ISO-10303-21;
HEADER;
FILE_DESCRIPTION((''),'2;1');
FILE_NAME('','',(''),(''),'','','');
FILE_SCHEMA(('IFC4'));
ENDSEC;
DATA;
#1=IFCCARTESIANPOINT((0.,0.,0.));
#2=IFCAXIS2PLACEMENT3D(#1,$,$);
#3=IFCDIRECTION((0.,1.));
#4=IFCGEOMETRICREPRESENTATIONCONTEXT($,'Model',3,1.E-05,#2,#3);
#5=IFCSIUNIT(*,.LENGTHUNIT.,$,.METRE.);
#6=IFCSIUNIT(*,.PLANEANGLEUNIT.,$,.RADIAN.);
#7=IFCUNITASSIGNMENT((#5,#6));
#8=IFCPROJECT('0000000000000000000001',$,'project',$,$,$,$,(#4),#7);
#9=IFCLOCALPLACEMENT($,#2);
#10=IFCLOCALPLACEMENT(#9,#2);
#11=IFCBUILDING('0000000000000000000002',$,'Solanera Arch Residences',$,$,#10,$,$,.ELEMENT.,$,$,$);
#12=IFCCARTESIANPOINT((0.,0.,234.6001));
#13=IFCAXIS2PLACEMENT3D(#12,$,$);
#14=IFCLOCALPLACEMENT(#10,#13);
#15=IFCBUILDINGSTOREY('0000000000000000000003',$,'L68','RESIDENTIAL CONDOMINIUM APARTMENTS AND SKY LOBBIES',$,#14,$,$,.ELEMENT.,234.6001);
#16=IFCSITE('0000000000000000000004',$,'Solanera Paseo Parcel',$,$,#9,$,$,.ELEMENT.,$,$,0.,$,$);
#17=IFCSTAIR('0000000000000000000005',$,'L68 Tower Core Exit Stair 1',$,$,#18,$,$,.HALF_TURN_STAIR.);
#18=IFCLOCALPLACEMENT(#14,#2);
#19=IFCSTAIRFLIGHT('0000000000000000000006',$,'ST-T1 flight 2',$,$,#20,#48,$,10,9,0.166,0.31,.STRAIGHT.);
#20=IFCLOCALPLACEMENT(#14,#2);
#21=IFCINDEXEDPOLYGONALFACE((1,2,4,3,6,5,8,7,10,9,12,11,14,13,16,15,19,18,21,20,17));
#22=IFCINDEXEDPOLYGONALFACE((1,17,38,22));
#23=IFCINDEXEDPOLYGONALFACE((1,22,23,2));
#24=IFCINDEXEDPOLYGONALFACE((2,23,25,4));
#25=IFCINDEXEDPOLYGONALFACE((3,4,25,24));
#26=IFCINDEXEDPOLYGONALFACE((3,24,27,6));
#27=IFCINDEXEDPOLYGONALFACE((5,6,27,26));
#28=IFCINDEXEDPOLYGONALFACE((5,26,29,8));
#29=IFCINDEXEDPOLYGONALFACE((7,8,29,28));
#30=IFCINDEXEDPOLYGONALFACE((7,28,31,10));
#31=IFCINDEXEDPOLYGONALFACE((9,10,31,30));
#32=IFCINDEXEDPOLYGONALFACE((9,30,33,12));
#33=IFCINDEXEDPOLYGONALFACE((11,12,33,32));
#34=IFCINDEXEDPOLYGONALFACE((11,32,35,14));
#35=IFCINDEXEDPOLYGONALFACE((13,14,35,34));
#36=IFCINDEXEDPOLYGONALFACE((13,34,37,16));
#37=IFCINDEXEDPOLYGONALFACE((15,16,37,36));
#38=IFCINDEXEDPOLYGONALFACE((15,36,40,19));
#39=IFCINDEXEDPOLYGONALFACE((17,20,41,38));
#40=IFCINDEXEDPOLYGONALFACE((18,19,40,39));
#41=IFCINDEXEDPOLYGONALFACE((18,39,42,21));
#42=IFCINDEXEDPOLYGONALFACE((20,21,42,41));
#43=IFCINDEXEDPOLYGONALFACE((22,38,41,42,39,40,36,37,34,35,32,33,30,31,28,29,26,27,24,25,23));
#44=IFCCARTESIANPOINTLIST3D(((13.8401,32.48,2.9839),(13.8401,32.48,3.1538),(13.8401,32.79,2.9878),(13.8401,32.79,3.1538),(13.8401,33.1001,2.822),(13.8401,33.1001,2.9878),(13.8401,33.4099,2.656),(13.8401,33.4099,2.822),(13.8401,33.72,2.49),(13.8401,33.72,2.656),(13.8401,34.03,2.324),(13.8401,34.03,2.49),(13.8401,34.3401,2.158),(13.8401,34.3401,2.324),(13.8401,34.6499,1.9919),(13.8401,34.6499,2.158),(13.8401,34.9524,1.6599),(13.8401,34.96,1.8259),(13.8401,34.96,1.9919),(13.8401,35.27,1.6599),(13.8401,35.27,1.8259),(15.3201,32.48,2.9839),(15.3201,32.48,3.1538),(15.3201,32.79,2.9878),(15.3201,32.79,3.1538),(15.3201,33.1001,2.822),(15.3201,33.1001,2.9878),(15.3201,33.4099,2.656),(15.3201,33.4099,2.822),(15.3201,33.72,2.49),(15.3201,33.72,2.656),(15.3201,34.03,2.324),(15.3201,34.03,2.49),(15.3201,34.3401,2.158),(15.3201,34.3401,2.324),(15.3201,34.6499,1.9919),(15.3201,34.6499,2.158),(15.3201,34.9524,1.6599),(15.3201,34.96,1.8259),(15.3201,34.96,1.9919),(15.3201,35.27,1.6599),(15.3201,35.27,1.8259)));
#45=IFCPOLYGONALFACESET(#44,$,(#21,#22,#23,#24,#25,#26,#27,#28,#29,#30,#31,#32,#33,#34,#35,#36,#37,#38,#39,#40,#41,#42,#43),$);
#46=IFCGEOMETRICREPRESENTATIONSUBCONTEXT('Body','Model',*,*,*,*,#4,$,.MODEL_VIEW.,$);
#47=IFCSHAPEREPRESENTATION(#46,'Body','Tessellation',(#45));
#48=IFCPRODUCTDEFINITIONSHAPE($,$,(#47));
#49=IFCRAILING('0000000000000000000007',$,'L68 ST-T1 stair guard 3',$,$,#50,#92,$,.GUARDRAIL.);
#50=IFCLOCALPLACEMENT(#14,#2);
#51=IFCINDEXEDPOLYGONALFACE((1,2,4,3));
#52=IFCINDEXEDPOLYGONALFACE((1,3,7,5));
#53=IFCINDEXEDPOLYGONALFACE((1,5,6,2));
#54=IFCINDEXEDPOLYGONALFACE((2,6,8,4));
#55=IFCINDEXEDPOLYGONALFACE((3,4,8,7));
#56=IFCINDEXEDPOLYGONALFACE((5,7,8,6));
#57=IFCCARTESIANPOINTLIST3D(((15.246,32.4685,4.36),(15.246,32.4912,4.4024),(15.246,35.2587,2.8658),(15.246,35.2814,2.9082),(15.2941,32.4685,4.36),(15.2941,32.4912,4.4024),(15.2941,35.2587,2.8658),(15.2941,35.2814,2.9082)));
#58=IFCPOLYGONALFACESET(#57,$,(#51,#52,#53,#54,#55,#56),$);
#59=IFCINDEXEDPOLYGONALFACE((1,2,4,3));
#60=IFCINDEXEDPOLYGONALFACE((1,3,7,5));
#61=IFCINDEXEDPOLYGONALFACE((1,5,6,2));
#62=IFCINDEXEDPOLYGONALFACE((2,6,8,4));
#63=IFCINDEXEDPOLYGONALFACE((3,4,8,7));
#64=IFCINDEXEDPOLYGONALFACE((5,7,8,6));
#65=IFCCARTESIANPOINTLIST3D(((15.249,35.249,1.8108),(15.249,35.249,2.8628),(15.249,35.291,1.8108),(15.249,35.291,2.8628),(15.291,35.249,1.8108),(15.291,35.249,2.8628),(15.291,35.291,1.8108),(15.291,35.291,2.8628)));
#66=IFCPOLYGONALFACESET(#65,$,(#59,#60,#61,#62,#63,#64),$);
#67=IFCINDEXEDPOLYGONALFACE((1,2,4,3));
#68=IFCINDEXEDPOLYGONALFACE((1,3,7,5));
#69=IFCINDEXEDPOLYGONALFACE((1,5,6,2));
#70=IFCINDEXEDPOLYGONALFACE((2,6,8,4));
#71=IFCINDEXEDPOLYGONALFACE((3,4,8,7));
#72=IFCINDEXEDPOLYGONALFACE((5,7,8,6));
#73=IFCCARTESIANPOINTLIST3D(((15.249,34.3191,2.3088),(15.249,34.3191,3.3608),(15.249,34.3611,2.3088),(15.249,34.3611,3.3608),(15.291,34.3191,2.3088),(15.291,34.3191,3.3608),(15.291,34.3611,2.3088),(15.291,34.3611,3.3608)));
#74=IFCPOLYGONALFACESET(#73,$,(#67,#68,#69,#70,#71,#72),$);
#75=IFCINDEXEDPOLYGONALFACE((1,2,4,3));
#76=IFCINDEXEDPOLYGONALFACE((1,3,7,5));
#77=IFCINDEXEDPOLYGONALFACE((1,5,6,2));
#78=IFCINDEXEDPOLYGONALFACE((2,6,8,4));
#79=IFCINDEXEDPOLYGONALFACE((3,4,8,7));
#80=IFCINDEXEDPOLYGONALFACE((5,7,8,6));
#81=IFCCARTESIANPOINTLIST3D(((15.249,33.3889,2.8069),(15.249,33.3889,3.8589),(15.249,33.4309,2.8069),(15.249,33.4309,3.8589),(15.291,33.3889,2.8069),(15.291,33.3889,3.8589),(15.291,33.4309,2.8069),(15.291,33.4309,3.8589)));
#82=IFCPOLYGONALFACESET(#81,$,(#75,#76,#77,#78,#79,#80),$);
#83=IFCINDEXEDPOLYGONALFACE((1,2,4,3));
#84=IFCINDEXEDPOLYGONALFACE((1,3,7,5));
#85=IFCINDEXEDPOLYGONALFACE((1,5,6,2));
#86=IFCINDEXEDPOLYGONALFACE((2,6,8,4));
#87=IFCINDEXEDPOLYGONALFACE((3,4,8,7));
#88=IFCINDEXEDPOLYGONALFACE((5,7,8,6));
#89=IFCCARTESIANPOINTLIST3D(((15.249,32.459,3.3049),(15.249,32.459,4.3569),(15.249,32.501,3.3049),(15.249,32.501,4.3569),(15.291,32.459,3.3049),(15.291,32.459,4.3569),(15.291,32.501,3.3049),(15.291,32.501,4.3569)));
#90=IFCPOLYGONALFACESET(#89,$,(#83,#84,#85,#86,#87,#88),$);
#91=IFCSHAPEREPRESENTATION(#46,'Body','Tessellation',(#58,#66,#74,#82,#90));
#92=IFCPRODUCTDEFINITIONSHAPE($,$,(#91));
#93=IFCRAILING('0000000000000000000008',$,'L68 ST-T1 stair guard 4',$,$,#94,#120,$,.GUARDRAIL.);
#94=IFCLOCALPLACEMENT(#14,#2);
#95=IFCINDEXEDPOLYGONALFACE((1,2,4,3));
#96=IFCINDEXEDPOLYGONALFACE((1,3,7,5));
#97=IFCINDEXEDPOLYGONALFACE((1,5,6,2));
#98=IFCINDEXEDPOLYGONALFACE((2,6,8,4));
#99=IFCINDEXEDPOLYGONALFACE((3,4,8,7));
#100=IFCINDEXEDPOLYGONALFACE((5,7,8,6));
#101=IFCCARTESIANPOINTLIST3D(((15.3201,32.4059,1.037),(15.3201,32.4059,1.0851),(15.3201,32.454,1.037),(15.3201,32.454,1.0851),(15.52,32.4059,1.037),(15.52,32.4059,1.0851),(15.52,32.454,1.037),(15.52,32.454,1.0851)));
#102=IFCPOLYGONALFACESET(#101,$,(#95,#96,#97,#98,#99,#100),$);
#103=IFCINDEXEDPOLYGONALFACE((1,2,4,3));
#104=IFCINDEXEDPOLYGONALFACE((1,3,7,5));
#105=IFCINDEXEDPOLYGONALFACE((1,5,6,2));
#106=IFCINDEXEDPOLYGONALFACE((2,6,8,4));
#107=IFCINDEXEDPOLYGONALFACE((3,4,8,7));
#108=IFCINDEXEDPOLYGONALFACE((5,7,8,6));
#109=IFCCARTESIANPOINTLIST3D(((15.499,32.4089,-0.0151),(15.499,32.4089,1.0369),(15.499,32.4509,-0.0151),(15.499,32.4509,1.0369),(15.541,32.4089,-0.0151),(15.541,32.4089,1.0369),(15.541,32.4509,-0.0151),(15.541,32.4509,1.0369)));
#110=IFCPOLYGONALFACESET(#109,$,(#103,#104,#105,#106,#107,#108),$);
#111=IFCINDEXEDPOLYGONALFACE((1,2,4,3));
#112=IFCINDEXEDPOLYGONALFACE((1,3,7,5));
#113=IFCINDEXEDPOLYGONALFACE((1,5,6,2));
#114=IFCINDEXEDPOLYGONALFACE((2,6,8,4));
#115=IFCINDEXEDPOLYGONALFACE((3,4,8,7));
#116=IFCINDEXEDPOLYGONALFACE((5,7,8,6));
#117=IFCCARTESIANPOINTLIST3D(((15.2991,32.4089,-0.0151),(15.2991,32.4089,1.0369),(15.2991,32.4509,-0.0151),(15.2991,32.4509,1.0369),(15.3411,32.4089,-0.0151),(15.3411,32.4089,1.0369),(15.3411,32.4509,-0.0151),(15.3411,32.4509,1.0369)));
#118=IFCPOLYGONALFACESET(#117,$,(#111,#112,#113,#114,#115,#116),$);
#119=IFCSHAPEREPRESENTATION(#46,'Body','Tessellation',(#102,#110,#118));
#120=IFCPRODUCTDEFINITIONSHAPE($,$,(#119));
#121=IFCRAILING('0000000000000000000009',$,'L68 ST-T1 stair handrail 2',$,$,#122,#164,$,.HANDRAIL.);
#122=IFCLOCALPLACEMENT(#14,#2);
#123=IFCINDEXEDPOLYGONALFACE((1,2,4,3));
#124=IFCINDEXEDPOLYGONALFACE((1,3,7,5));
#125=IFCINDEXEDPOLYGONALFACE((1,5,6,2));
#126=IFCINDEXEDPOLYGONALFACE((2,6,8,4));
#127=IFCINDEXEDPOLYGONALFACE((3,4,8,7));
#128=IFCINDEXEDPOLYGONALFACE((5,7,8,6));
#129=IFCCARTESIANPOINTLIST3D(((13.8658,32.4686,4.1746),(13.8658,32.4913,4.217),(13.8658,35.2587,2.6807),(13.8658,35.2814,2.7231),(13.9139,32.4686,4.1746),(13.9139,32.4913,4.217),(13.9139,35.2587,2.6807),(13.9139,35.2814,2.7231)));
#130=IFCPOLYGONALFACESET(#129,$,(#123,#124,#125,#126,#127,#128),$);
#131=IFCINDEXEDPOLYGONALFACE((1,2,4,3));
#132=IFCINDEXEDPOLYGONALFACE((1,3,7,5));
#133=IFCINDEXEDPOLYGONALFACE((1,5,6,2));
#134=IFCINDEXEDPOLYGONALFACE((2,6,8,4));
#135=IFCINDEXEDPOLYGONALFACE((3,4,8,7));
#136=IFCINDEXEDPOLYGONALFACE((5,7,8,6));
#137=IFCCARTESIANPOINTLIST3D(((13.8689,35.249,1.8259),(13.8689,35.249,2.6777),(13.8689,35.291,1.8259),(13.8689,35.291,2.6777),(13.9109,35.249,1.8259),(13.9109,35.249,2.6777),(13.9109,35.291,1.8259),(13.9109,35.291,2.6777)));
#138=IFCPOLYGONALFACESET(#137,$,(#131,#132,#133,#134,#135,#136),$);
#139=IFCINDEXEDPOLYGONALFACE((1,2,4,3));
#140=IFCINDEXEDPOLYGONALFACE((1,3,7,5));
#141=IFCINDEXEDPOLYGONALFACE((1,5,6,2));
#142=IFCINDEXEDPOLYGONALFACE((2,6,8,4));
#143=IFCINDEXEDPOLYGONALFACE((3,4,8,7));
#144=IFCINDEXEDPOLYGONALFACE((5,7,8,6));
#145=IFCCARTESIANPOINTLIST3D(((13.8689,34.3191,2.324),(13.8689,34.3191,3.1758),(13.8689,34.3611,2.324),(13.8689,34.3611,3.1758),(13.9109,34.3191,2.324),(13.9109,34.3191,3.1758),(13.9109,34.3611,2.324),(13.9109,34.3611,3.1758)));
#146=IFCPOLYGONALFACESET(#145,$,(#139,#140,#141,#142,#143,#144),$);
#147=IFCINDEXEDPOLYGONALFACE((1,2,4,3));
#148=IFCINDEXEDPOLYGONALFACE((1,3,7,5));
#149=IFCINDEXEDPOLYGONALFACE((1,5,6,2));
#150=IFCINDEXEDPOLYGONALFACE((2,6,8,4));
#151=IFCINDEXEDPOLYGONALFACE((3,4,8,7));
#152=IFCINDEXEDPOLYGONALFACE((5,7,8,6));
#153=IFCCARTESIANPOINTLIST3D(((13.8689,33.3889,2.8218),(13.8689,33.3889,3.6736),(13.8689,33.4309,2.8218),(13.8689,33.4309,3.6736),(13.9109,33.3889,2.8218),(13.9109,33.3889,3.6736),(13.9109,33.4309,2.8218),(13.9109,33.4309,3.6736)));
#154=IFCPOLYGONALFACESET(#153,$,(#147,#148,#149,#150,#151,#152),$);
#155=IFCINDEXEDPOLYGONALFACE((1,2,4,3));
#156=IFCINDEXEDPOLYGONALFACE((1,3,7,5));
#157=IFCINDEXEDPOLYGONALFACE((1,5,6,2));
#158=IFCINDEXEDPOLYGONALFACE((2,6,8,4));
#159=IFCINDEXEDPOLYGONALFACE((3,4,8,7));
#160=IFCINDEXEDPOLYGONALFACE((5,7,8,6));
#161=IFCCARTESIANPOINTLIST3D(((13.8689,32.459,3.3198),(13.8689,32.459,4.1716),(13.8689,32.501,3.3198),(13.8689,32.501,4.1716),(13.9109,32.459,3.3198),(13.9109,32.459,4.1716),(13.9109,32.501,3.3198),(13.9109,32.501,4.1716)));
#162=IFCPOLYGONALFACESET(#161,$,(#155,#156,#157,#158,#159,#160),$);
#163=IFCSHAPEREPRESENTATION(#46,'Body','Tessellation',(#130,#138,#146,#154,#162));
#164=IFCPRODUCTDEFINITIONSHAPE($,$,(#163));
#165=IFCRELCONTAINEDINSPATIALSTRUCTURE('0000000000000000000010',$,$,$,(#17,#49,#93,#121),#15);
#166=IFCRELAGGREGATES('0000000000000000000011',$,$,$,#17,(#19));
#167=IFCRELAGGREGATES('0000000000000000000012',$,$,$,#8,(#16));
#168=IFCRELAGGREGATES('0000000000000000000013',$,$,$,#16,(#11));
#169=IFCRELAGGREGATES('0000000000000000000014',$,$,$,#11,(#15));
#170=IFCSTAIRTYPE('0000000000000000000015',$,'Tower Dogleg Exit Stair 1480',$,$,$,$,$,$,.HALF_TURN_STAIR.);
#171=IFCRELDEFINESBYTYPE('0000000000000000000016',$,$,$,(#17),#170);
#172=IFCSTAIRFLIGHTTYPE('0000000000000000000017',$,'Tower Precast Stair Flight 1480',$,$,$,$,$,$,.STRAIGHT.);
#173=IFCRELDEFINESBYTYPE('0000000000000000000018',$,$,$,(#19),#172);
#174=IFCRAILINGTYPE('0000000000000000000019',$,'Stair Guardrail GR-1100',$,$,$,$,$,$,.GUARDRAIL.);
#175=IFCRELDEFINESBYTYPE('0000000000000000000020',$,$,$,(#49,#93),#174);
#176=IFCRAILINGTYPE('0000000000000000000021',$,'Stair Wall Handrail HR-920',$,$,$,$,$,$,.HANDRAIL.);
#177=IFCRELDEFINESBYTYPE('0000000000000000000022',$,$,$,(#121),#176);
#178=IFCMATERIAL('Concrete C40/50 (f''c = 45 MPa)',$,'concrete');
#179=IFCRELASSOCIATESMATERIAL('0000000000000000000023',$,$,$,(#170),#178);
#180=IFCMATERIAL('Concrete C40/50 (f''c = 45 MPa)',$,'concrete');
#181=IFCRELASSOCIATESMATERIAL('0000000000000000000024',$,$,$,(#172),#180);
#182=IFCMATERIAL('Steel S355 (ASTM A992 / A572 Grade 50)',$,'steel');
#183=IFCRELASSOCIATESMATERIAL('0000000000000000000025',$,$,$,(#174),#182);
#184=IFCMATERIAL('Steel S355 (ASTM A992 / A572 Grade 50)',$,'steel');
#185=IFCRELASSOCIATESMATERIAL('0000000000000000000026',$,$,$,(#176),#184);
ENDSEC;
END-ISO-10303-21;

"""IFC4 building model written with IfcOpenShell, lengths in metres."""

from ifc_helpers import new_model, si_unit, direction, frame, origin, origin_2d, place, context, subcontext, project, spatial, polyline, rectangle, outline, extrude, material, type_object, element, aggregate, save


model = new_model("IFC4")

# Units and contexts
model_context = context("Model", 3, precision=1e-05, world=origin(), true_north=direction((0.0, 1.0)))
body_context = subcontext(model_context, "Body", "Model", "MODEL_VIEW")
ifc_project = project(units=[si_unit("LENGTHUNIT", "METRE"), si_unit("PLANEANGLEUNIT", "RADIAN")], contexts=[model_context])

# Site, building, storey
site_placement = place(None, origin())
site = spatial("IfcSite", under=ifc_project, at=site_placement, Name="Solanera Paseo Parcel", CompositionType="ELEMENT", RefElevation=0.0)
building_placement = place(site_placement, origin())
building = spatial("IfcBuilding", under=site, at=building_placement, Name="Solanera Arch Residences", CompositionType="ELEMENT")
storey_placement = place(building_placement, frame((0.0, 0.0, 234.6001)))
storey = spatial("IfcBuildingStorey", under=building, at=storey_placement, Name="L68", Description="RESIDENTIAL CONDOMINIUM APARTMENTS AND SKY LOBBIES", CompositionType="ELEMENT", Elevation=234.6001)

# Stair, stair flight
ifc_material_1 = material(Name="Concrete C40/50 (f'c = 45 MPa)", Category="concrete")
stair_type = type_object("IfcStairType", Name="Tower Dogleg Exit Stair 1480", PredefinedType="HALF_TURN_STAIR", material=ifc_material_1)
stair_placement = place(storey_placement, origin())
stair = element("IfcStair", 1, at=stair_placement, inside=storey, type_object=stair_type, Name="L68 Tower Core Exit Stair 1", PredefinedType="HALF_TURN_STAIR")
ifc_material_2 = material(Name="Concrete C40/50 (f'c = 45 MPa)", Category="concrete")
stair_flight_type = type_object("IfcStairFlightType", Name="Tower Precast Stair Flight 1480", PredefinedType="STRAIGHT", material=ifc_material_2)
stair_flight_placement = place(storey_placement, frame((14.5801, 35.27, 1.6599), z_axis=(0.0, 0.0, 1.0), x_axis=(0.0, -1.0, 0.0)))
stair_flight = element("IfcStairFlight", 2, at=stair_flight_placement, type_object=stair_flight_type, Name="ST-T1 flight 2", NumberOfRisers=10, NumberOfTreads=9, PredefinedType="STRAIGHT", RiserHeight=0.166, TreadLength=0.31, context=body_context, shape_type="SweptSolid", body=[
    extrude(outline(polyline([(0.0, 0.0), (0.0, 0.166), (0.3101, 0.166), (0.3101, 0.332), (0.6201, 0.332), (0.6201, 0.498), (0.9299, 0.498), (0.9299, 0.6641), (1.24, 0.6641), (1.24, 0.8301), (1.55, 0.8301), (1.55, 0.9961), (1.8601, 0.9961), (1.8601, 1.1621), (2.1699, 1.1621), (2.1699, 1.3279), (2.48, 1.3279), (2.48, 1.4939), (2.79, 1.4939), (2.79, 1.6599), (2.79, 1.324), (0.3176, 0.0), (0.0, 0.0)])), frame((0.0, 0.74, 0.0), z_axis=(0.0, -1.0, 0.0), x_axis=(1.0, 0.0, 0.0)), (0.0, 0.0, 1.0), 1.48),
])
aggregate(stair, [stair_flight])

# Railings
ifc_material_3 = material(Name="Steel S355 (ASTM A992 / A572 Grade 50)", Category="steel")
railing_type_1 = type_object("IfcRailingType", Name="Stair Guardrail GR-1100", PredefinedType="GUARDRAIL", material=ifc_material_3)
railing_1_placement = place(storey_placement, frame((15.27, 35.27, 1.8108)))
element("IfcRailing", 3, at=railing_1_placement, inside=storey, type_object=railing_type_1, Name="L68 ST-T1 stair guard 3", PredefinedType="GUARDRAIL", context=body_context, shape_type="SweptSolid", body=[
    extrude(rectangle(XDim=0.0481, YDim=0.0481, at=origin_2d()), frame((0.0, 0.0, 1.0762), z_axis=(0.0, -0.881549, 0.472093), x_axis=(1.0, 0.0, 0.0)), (0.0, 0.0, 1.0), 3.165),
    extrude(rectangle(XDim=0.042, YDim=0.042, at=origin_2d()), origin(), (0.0, 0.0, 1.0), 1.052),
    extrude(rectangle(XDim=0.042, YDim=0.042, at=origin_2d()), frame((0.0, -0.9299, 0.498)), (0.0, 0.0, 1.0), 1.052),
    extrude(rectangle(XDim=0.042, YDim=0.042, at=origin_2d()), frame((0.0, -1.8601, 0.9961)), (0.0, 0.0, 1.0), 1.052),
    extrude(rectangle(XDim=0.042, YDim=0.042, at=origin_2d()), frame((0.0, -2.79, 1.4941)), (0.0, 0.0, 1.0), 1.052),
])
railing_2_placement = place(storey_placement, frame((15.52, 32.4299, -0.0151)))
element("IfcRailing", 4, at=railing_2_placement, inside=storey, type_object=railing_type_1, Name="L68 ST-T1 stair guard 4", PredefinedType="GUARDRAIL", context=body_context, shape_type="SweptSolid", body=[
    extrude(rectangle(XDim=0.0481, YDim=0.0481, at=origin_2d()), frame((0.0, 0.0, 1.0762), z_axis=(-1.0, 0.0, 0.0), x_axis=(0.0, -1.0, 0.0)), (0.0, 0.0, 1.0), 0.2),
    extrude(rectangle(XDim=0.042, YDim=0.042, at=origin_2d()), origin(), (0.0, 0.0, 1.0), 1.052),
    extrude(rectangle(XDim=0.042, YDim=0.042, at=origin_2d()), frame((-0.2, 0.0, 0.0)), (0.0, 0.0, 1.0), 1.052),
])
ifc_material_4 = material(Name="Steel S355 (ASTM A992 / A572 Grade 50)", Category="steel")
railing_type_2 = type_object("IfcRailingType", Name="Stair Wall Handrail HR-920", PredefinedType="HANDRAIL", material=ifc_material_4)
railing_3_placement = place(storey_placement, frame((13.8899, 35.27, 1.8259)))
element("IfcRailing", 5, at=railing_3_placement, inside=storey, type_object=railing_type_2, Name="L68 ST-T1 stair handrail 2", PredefinedType="HANDRAIL", context=body_context, shape_type="SweptSolid", body=[
    extrude(rectangle(XDim=0.0481, YDim=0.0481, at=origin_2d()), frame((0.0, 0.0, 0.876), z_axis=(0.0, -0.881581, 0.472033), x_axis=(1.0, 0.0, 0.0)), (0.0, 0.0, 1.0), 3.1648),
    extrude(rectangle(XDim=0.042, YDim=0.042, at=origin_2d()), origin(), (0.0, 0.0, 1.0), 0.8518),
    extrude(rectangle(XDim=0.042, YDim=0.042, at=origin_2d()), frame((0.0, -0.9299, 0.498)), (0.0, 0.0, 1.0), 0.8518),
    extrude(rectangle(XDim=0.042, YDim=0.042, at=origin_2d()), frame((0.0, -1.8601, 0.9958)), (0.0, 0.0, 1.0), 0.8518),
    extrude(rectangle(XDim=0.042, YDim=0.042, at=origin_2d()), frame((0.0, -2.79, 1.4939)), (0.0, 0.0, 1.0), 0.8518),
])

save(model, "model.ifc")
